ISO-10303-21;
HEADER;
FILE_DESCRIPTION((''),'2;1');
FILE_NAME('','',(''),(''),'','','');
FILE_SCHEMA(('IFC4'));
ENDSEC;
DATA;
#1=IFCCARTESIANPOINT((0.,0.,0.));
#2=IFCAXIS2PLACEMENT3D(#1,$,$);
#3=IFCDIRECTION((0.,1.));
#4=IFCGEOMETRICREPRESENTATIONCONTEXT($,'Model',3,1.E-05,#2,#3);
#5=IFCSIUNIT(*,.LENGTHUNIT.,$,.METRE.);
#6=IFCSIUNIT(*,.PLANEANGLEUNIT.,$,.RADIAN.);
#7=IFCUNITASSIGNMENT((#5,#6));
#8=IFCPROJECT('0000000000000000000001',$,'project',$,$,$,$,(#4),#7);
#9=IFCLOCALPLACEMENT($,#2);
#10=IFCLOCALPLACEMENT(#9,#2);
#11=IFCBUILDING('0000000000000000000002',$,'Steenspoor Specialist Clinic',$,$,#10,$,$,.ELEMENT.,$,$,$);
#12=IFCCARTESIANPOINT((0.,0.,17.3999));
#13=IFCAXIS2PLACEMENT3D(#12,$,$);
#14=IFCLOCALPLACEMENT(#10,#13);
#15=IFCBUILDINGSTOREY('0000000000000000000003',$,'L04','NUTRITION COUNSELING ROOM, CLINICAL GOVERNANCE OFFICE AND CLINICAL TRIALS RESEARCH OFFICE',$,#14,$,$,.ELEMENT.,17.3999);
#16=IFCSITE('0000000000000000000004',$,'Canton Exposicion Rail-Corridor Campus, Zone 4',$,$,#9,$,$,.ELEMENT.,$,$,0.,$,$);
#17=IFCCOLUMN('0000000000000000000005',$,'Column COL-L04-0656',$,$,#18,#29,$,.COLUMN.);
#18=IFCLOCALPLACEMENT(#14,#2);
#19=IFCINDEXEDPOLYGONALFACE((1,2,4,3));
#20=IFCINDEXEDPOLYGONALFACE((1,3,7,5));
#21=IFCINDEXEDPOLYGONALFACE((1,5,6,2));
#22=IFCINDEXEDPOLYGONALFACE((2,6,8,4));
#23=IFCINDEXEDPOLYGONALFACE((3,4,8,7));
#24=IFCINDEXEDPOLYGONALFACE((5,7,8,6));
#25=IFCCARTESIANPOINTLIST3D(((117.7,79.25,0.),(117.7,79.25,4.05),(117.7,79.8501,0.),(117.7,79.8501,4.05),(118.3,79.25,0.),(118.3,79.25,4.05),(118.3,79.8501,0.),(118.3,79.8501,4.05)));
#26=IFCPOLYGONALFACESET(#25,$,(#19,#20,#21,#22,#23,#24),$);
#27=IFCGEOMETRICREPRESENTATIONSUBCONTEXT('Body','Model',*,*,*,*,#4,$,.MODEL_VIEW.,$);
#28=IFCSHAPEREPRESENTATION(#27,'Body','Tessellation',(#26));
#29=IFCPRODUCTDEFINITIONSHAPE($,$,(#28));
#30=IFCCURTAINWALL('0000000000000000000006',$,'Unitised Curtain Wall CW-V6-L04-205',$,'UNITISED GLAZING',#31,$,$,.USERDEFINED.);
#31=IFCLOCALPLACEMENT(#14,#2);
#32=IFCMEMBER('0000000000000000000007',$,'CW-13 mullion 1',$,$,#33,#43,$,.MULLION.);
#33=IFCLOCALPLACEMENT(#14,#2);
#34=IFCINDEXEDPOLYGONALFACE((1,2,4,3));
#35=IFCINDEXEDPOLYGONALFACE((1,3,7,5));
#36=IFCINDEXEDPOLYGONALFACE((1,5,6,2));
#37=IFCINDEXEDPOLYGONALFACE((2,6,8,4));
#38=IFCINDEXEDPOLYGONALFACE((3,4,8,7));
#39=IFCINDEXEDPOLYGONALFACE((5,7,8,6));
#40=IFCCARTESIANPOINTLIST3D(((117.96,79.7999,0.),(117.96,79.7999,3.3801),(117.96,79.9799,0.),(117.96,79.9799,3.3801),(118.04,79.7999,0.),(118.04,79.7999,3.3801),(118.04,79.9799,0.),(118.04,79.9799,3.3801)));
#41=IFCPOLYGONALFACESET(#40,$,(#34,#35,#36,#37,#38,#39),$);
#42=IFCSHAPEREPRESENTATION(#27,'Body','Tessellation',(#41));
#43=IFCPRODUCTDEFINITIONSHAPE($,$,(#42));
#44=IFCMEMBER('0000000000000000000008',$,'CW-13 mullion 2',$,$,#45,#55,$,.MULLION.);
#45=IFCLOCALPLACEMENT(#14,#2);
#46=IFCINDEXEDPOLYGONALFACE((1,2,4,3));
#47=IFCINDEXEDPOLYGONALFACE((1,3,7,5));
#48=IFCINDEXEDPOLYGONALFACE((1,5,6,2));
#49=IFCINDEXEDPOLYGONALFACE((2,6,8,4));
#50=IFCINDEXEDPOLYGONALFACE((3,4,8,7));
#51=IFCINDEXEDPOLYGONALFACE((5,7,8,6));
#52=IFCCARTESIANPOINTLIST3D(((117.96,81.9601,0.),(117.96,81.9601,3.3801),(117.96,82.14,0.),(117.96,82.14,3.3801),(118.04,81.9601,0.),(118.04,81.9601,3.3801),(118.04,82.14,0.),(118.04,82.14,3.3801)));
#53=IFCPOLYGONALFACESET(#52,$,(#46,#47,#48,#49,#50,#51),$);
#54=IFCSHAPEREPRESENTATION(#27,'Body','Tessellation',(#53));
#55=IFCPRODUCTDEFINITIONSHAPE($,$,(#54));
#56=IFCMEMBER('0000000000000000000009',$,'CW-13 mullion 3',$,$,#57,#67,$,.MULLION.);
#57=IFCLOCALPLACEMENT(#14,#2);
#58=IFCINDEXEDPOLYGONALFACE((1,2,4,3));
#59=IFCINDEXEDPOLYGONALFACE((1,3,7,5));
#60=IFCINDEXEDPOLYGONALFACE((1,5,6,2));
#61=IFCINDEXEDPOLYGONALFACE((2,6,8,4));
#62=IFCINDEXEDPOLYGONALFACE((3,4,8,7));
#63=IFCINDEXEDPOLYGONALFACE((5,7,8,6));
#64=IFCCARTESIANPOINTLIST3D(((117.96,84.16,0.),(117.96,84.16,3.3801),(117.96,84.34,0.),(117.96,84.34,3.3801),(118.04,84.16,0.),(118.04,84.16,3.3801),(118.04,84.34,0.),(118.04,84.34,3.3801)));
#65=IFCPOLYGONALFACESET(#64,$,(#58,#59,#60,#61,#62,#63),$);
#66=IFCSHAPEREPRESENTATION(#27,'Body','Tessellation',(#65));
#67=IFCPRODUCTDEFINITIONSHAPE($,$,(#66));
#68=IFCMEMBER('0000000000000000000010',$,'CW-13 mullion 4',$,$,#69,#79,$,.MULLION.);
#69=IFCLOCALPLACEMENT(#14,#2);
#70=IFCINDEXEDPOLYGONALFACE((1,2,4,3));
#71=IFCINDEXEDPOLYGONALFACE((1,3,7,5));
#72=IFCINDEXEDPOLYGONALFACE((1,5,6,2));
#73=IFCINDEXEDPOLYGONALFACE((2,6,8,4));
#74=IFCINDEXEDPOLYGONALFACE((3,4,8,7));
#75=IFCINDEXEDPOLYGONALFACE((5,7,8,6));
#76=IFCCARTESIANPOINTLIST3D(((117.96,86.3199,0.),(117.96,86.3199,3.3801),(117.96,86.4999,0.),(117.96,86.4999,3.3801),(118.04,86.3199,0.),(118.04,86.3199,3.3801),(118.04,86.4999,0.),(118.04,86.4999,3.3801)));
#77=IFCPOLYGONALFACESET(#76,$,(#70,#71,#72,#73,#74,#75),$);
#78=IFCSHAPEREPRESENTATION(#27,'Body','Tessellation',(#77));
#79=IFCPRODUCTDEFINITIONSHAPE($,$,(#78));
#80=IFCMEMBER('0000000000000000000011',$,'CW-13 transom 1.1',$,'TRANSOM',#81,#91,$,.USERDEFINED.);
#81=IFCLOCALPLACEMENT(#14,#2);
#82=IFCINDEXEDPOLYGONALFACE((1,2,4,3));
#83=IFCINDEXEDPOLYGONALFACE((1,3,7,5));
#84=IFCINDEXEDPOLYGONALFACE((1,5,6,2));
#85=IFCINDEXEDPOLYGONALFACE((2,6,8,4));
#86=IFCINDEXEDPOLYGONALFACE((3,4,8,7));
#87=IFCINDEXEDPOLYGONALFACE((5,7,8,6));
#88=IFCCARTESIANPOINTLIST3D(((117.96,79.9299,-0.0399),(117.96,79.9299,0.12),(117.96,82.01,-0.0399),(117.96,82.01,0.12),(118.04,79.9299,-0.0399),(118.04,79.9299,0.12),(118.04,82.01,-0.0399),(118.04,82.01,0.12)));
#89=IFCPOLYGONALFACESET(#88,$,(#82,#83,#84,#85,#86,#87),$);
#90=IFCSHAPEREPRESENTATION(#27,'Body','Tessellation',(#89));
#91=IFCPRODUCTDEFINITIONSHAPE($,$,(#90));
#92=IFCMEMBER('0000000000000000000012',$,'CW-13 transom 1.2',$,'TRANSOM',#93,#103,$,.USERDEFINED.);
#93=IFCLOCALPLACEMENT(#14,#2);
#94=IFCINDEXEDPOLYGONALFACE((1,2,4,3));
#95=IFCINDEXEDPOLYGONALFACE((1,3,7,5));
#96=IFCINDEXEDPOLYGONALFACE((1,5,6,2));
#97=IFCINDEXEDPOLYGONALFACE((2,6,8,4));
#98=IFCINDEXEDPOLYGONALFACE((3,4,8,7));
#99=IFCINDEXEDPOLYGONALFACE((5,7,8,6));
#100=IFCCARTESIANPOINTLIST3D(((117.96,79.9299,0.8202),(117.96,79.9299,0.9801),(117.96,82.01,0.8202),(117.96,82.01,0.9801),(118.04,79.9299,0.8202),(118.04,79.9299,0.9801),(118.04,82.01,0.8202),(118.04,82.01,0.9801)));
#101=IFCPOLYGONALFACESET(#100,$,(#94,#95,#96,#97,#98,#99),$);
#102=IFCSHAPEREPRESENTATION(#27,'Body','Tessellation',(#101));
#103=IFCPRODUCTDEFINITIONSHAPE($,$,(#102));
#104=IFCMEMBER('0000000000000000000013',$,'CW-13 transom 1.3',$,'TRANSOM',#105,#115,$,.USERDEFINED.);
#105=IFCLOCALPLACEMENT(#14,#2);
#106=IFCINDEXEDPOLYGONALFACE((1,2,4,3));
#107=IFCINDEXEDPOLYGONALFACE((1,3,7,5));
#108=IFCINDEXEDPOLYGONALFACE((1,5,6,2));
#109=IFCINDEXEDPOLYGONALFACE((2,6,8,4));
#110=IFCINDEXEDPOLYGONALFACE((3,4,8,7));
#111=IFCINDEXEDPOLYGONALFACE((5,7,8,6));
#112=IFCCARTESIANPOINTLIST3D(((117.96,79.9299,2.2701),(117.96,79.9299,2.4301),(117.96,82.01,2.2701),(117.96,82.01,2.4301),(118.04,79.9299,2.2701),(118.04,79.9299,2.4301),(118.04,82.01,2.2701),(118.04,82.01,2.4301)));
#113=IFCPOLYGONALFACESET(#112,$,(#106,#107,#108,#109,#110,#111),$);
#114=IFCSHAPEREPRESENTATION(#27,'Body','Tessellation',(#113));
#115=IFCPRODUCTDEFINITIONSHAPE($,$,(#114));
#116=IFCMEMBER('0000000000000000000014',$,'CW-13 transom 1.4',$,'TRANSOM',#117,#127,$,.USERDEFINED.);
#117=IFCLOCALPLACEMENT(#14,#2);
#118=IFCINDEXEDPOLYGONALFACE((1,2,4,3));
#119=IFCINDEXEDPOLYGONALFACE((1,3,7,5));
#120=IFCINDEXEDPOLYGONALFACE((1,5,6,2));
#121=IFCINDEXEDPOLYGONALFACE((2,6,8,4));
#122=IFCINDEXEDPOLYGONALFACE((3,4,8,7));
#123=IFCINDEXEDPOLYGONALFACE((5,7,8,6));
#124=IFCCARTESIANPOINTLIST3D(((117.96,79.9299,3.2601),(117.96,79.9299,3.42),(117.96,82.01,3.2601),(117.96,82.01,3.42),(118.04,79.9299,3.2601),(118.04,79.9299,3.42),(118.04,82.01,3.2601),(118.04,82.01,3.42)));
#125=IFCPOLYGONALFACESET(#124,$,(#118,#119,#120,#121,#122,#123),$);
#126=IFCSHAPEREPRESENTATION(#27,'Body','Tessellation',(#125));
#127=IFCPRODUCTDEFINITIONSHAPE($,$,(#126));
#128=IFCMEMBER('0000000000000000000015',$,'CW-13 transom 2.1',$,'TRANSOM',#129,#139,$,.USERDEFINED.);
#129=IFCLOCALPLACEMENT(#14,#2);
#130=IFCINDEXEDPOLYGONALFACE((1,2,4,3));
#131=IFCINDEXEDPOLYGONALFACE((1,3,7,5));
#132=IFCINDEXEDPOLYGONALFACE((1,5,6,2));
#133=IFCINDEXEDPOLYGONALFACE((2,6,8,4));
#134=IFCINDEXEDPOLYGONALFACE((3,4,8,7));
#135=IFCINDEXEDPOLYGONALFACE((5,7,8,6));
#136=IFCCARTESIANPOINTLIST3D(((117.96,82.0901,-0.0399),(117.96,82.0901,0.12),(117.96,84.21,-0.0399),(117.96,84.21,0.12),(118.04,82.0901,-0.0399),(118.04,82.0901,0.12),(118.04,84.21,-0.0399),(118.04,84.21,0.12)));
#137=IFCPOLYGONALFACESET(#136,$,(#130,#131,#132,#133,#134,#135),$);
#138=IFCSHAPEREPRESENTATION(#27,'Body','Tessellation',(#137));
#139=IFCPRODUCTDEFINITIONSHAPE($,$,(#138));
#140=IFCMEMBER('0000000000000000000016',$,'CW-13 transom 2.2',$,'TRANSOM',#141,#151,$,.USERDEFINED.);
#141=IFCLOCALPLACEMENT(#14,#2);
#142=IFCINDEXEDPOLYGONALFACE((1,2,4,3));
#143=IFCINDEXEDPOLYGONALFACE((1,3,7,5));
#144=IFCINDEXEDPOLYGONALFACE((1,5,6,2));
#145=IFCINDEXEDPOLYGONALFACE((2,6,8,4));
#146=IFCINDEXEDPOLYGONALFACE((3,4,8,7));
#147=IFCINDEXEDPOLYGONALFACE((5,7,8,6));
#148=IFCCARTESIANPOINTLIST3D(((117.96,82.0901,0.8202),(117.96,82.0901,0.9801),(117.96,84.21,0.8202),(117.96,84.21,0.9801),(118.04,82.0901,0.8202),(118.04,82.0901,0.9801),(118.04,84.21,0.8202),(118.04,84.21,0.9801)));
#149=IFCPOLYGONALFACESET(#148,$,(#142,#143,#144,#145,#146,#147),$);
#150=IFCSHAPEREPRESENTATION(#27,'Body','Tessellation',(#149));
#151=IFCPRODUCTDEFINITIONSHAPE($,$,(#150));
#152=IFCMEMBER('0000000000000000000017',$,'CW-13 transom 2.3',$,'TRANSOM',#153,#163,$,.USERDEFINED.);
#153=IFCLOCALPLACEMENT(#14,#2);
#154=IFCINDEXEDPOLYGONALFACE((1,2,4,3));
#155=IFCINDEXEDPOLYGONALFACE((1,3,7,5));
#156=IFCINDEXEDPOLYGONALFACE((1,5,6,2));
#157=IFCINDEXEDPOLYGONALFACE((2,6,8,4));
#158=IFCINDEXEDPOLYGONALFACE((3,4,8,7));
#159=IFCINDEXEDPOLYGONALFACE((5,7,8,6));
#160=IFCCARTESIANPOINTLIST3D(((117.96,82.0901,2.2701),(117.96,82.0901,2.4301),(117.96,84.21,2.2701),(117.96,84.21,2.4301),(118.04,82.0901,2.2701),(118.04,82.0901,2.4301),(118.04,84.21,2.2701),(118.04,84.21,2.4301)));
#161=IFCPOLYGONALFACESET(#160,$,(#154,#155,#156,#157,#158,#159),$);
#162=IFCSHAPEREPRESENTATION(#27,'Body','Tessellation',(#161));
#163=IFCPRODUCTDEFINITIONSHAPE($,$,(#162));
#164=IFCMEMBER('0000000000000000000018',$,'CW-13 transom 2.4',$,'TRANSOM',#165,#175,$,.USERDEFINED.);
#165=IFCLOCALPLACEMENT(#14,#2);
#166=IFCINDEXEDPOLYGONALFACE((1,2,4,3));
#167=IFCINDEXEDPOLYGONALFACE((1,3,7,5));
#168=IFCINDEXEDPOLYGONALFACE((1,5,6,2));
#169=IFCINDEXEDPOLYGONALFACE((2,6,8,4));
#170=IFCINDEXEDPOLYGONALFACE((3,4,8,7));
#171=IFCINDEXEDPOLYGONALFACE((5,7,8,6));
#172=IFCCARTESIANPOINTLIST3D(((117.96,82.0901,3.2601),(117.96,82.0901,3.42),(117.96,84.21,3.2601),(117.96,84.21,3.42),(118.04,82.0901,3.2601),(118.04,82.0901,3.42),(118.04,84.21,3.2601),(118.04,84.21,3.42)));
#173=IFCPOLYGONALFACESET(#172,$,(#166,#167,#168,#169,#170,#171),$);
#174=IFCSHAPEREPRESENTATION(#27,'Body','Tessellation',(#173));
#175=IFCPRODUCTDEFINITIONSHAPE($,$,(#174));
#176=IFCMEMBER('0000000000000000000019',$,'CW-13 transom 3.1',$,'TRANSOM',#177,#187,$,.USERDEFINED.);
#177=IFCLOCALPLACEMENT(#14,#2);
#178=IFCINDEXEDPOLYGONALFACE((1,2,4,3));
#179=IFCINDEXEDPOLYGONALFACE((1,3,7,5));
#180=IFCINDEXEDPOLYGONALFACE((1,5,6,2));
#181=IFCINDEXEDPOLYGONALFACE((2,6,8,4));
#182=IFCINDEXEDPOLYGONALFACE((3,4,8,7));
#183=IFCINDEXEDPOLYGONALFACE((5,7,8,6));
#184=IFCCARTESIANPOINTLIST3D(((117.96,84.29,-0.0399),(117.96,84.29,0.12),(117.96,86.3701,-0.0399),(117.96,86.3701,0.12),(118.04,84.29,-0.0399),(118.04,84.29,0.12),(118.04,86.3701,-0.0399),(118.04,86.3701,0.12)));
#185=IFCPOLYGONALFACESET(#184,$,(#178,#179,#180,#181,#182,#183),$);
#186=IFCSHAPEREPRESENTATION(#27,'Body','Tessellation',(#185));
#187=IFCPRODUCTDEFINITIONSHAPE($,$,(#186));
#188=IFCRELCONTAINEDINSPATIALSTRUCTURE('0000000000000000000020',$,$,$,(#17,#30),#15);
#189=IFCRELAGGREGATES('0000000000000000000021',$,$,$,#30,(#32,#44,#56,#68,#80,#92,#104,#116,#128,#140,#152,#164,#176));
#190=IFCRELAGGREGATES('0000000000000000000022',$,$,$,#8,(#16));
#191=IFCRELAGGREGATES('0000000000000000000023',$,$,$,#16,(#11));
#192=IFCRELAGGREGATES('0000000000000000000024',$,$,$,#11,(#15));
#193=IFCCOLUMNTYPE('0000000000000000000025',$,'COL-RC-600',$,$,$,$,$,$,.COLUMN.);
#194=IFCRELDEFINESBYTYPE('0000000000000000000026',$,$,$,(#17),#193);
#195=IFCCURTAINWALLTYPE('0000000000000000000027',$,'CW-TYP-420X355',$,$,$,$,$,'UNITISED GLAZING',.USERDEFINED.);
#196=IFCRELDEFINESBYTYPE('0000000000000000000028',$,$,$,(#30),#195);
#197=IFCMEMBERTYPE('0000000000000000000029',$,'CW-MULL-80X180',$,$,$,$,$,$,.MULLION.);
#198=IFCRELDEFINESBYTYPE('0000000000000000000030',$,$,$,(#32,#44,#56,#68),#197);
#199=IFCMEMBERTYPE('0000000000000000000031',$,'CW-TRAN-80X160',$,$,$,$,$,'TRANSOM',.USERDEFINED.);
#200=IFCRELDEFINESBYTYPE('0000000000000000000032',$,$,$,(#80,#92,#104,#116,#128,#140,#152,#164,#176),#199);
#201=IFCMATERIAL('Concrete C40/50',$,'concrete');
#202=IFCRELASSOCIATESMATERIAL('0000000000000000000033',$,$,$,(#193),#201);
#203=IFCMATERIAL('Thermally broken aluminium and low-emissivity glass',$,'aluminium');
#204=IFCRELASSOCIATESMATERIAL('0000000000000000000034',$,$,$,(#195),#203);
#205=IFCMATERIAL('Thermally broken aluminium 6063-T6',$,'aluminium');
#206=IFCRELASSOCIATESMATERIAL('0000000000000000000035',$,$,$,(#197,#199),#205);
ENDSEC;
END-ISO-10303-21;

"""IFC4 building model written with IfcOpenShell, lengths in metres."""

from ifc_helpers import new_model, si_unit, direction, frame, origin, origin_2d, place, context, subcontext, project, spatial, rectangle, extrude, material, material_profile, profile_set, type_object, element, aggregate, save


model = new_model("IFC4")

# Units and contexts
model_context = context("Model", 3, precision=1e-05, world=origin(), true_north=direction((0.0, 1.0)))
body_context = subcontext(model_context, "Body", "Model", "MODEL_VIEW")
ifc_project = project(units=[si_unit("LENGTHUNIT", "METRE"), si_unit("PLANEANGLEUNIT", "RADIAN")], contexts=[model_context])

# Site, building, storey
site_placement = place(None, origin())
site = spatial("IfcSite", under=ifc_project, at=site_placement, Name="Canton Exposicion Rail-Corridor Campus, Zone 4", CompositionType="ELEMENT", RefElevation=0.0)
building_placement = place(site_placement, origin())
building = spatial("IfcBuilding", under=site, at=building_placement, Name="Steenspoor Specialist Clinic", CompositionType="ELEMENT")
storey_placement = place(building_placement, frame((0.0, 0.0, 17.3999)))
storey = spatial("IfcBuildingStorey", under=building, at=storey_placement, Name="L04", Description="NUTRITION COUNSELING ROOM, CLINICAL GOVERNANCE OFFICE AND CLINICAL TRIALS RESEARCH OFFICE", CompositionType="ELEMENT", Elevation=17.3999)

# Column
ifc_material_1 = material(Name="Concrete C40/50", Category="concrete")
ifc_material_profile_1 = material_profile(ifc_material_1, rectangle(XDim=0.6001, YDim=0.6001, at=origin_2d()), Name="RC-COL-600X600")
ifc_profile_set_1 = profile_set([ifc_material_profile_1], Name="Concrete C40/50")
column_type = type_object("IfcColumnType", Name="COL-RC-600", PredefinedType="COLUMN", material=ifc_profile_set_1)
column_placement = place(storey_placement, frame((118.0, 79.55, 0.0), z_axis=(0.0, 0.0, 1.0), x_axis=(1.0, 0.0, 0.0)))
element("IfcColumn", 1, at=column_placement, inside=storey, type_object=column_type, Name="Column COL-L04-0656", PredefinedType="COLUMN", context=body_context, shape_type="SweptSolid", body=[
    extrude(rectangle(XDim=0.6001, YDim=0.6001, at=origin_2d()), origin(), (0.0, 0.0, 1.0), 4.05),
])

# Curtain wall, members
ifc_material_2 = material(Name="Thermally broken aluminium and low-emissivity glass", Category="aluminium")
curtain_wall_type = type_object("IfcCurtainWallType", Name="CW-TYP-420X355", ElementType="UNITISED GLAZING", PredefinedType="USERDEFINED", material=ifc_material_2)
curtain_wall_placement = place(storey_placement, origin())
curtain_wall = element("IfcCurtainWall", 2, at=curtain_wall_placement, inside=storey, type_object=curtain_wall_type, Name="Unitised Curtain Wall CW-V6-L04-205", ObjectType="UNITISED GLAZING", PredefinedType="USERDEFINED")
ifc_material_3 = material(Name="Thermally broken aluminium 6063-T6", Category="aluminium")
ifc_material_profile_2 = material_profile(ifc_material_3, rectangle(XDim=0.0801, YDim=0.1799, at=origin_2d()), Name="CWM-80X180")
ifc_profile_set_2 = profile_set([ifc_material_profile_2], Name="Thermally broken aluminium 6063-T6")
member_type_1 = type_object("IfcMemberType", Name="CW-MULL-80X180", PredefinedType="MULLION", material=ifc_profile_set_2)
member_1_placement = place(storey_placement, frame((118.0, 79.8899, 0.0), z_axis=(0.0, 0.0, 1.0), x_axis=(-1.0, 0.0, 0.0)))
member_1 = element("IfcMember", 3, at=member_1_placement, type_object=member_type_1, Name="CW-13 mullion 1", PredefinedType="MULLION", context=body_context, shape_type="SweptSolid", body=[
    extrude(rectangle(XDim=0.0801, YDim=0.1799, at=origin_2d()), origin(), (0.0, 0.0, 1.0), 3.3801),
])
member_2_placement = place(storey_placement, frame((118.0, 82.05, 0.0), z_axis=(0.0, 0.0, 1.0), x_axis=(-1.0, 0.0, 0.0)))
member_2 = element("IfcMember", 4, at=member_2_placement, type_object=member_type_1, Name="CW-13 mullion 2", PredefinedType="MULLION", context=body_context, shape_type="SweptSolid", body=[
    extrude(rectangle(XDim=0.0801, YDim=0.1799, at=origin_2d()), origin(), (0.0, 0.0, 1.0), 3.3801),
])
member_3_placement = place(storey_placement, frame((118.0, 84.25, 0.0), z_axis=(0.0, 0.0, 1.0), x_axis=(-1.0, 0.0, 0.0)))
member_3 = element("IfcMember", 5, at=member_3_placement, type_object=member_type_1, Name="CW-13 mullion 3", PredefinedType="MULLION", context=body_context, shape_type="SweptSolid", body=[
    extrude(rectangle(XDim=0.0801, YDim=0.1799, at=origin_2d()), origin(), (0.0, 0.0, 1.0), 3.3801),
])
member_4_placement = place(storey_placement, frame((118.0, 86.4099, 0.0), z_axis=(0.0, 0.0, 1.0), x_axis=(-1.0, 0.0, 0.0)))
member_4 = element("IfcMember", 6, at=member_4_placement, type_object=member_type_1, Name="CW-13 mullion 4", PredefinedType="MULLION", context=body_context, shape_type="SweptSolid", body=[
    extrude(rectangle(XDim=0.0801, YDim=0.1799, at=origin_2d()), origin(), (0.0, 0.0, 1.0), 3.3801),
])
ifc_material_profile_3 = material_profile(ifc_material_3, rectangle(XDim=0.0801, YDim=0.1599, at=origin_2d()), Name="CWT-80X160")
ifc_profile_set_3 = profile_set([ifc_material_profile_3], Name="Thermally broken aluminium 6063-T6")
member_type_2 = type_object("IfcMemberType", Name="CW-TRAN-80X160", ElementType="TRANSOM", PredefinedType="USERDEFINED", material=ifc_profile_set_3)
member_5_placement = place(storey_placement, frame((118.0, 79.9299, 0.04), z_axis=(0.0, 1.0, 0.0), x_axis=(-1.0, 0.0, 0.0)))
member_5 = element("IfcMember", 7, at=member_5_placement, type_object=member_type_2, Name="CW-13 transom 1.1", ObjectType="TRANSOM", PredefinedType="USERDEFINED", context=body_context, shape_type="SweptSolid", body=[
    extrude(rectangle(XDim=0.0801, YDim=0.1599, at=origin_2d()), origin(), (0.0, 0.0, 1.0), 2.0801),
])
member_6_placement = place(storey_placement, frame((118.0, 79.9299, 0.9001), z_axis=(0.0, 1.0, 0.0), x_axis=(-1.0, 0.0, 0.0)))
member_6 = element("IfcMember", 8, at=member_6_placement, type_object=member_type_2, Name="CW-13 transom 1.2", ObjectType="TRANSOM", PredefinedType="USERDEFINED", context=body_context, shape_type="SweptSolid", body=[
    extrude(rectangle(XDim=0.0801, YDim=0.1599, at=origin_2d()), origin(), (0.0, 0.0, 1.0), 2.0801),
])
member_7_placement = place(storey_placement, frame((118.0, 79.9299, 2.3501), z_axis=(0.0, 1.0, 0.0), x_axis=(-1.0, 0.0, 0.0)))
member_7 = element("IfcMember", 9, at=member_7_placement, type_object=member_type_2, Name="CW-13 transom 1.3", ObjectType="TRANSOM", PredefinedType="USERDEFINED", context=body_context, shape_type="SweptSolid", body=[
    extrude(rectangle(XDim=0.0801, YDim=0.1599, at=origin_2d()), origin(), (0.0, 0.0, 1.0), 2.0801),
])
member_8_placement = place(storey_placement, frame((118.0, 79.9299, 3.3401), z_axis=(0.0, 1.0, 0.0), x_axis=(-1.0, 0.0, 0.0)))
member_8 = element("IfcMember", 10, at=member_8_placement, type_object=member_type_2, Name="CW-13 transom 1.4", ObjectType="TRANSOM", PredefinedType="USERDEFINED", context=body_context, shape_type="SweptSolid", body=[
    extrude(rectangle(XDim=0.0801, YDim=0.1599, at=origin_2d()), origin(), (0.0, 0.0, 1.0), 2.0801),
])
member_9_placement = place(storey_placement, frame((118.0, 82.0901, 0.04), z_axis=(0.0, 1.0, 0.0), x_axis=(-1.0, 0.0, 0.0)))
member_9 = element("IfcMember", 11, at=member_9_placement, type_object=member_type_2, Name="CW-13 transom 2.1", ObjectType="TRANSOM", PredefinedType="USERDEFINED", context=body_context, shape_type="SweptSolid", body=[
    extrude(rectangle(XDim=0.0801, YDim=0.1599, at=origin_2d()), origin(), (0.0, 0.0, 1.0), 2.1199),
])
member_10_placement = place(storey_placement, frame((118.0, 82.0901, 0.9001), z_axis=(0.0, 1.0, 0.0), x_axis=(-1.0, 0.0, 0.0)))
member_10 = element("IfcMember", 12, at=member_10_placement, type_object=member_type_2, Name="CW-13 transom 2.2", ObjectType="TRANSOM", PredefinedType="USERDEFINED", context=body_context, shape_type="SweptSolid", body=[
    extrude(rectangle(XDim=0.0801, YDim=0.1599, at=origin_2d()), origin(), (0.0, 0.0, 1.0), 2.1199),
])
member_11_placement = place(storey_placement, frame((118.0, 82.0901, 2.3501), z_axis=(0.0, 1.0, 0.0), x_axis=(-1.0, 0.0, 0.0)))
member_11 = element("IfcMember", 13, at=member_11_placement, type_object=member_type_2, Name="CW-13 transom 2.3", ObjectType="TRANSOM", PredefinedType="USERDEFINED", context=body_context, shape_type="SweptSolid", body=[
    extrude(rectangle(XDim=0.0801, YDim=0.1599, at=origin_2d()), origin(), (0.0, 0.0, 1.0), 2.1199),
])
member_12_placement = place(storey_placement, frame((118.0, 82.0901, 3.3401), z_axis=(0.0, 1.0, 0.0), x_axis=(-1.0, 0.0, 0.0)))
member_12 = element("IfcMember", 14, at=member_12_placement, type_object=member_type_2, Name="CW-13 transom 2.4", ObjectType="TRANSOM", PredefinedType="USERDEFINED", context=body_context, shape_type="SweptSolid", body=[
    extrude(rectangle(XDim=0.0801, YDim=0.1599, at=origin_2d()), origin(), (0.0, 0.0, 1.0), 2.1199),
])
member_13_placement = place(storey_placement, frame((118.0, 84.29, 0.04), z_axis=(0.0, 1.0, 0.0), x_axis=(-1.0, 0.0, 0.0)))
member_13 = element("IfcMember", 15, at=member_13_placement, type_object=member_type_2, Name="CW-13 transom 3.1", ObjectType="TRANSOM", PredefinedType="USERDEFINED", context=body_context, shape_type="SweptSolid", body=[
    extrude(rectangle(XDim=0.0801, YDim=0.1599, at=origin_2d()), origin(), (0.0, 0.0, 1.0), 2.0801),
])
aggregate(curtain_wall, [member_1, member_2, member_3, member_4, member_5, member_6, member_7, member_8, member_9, member_10, member_11, member_12, member_13])

save(model, "model.ifc")
